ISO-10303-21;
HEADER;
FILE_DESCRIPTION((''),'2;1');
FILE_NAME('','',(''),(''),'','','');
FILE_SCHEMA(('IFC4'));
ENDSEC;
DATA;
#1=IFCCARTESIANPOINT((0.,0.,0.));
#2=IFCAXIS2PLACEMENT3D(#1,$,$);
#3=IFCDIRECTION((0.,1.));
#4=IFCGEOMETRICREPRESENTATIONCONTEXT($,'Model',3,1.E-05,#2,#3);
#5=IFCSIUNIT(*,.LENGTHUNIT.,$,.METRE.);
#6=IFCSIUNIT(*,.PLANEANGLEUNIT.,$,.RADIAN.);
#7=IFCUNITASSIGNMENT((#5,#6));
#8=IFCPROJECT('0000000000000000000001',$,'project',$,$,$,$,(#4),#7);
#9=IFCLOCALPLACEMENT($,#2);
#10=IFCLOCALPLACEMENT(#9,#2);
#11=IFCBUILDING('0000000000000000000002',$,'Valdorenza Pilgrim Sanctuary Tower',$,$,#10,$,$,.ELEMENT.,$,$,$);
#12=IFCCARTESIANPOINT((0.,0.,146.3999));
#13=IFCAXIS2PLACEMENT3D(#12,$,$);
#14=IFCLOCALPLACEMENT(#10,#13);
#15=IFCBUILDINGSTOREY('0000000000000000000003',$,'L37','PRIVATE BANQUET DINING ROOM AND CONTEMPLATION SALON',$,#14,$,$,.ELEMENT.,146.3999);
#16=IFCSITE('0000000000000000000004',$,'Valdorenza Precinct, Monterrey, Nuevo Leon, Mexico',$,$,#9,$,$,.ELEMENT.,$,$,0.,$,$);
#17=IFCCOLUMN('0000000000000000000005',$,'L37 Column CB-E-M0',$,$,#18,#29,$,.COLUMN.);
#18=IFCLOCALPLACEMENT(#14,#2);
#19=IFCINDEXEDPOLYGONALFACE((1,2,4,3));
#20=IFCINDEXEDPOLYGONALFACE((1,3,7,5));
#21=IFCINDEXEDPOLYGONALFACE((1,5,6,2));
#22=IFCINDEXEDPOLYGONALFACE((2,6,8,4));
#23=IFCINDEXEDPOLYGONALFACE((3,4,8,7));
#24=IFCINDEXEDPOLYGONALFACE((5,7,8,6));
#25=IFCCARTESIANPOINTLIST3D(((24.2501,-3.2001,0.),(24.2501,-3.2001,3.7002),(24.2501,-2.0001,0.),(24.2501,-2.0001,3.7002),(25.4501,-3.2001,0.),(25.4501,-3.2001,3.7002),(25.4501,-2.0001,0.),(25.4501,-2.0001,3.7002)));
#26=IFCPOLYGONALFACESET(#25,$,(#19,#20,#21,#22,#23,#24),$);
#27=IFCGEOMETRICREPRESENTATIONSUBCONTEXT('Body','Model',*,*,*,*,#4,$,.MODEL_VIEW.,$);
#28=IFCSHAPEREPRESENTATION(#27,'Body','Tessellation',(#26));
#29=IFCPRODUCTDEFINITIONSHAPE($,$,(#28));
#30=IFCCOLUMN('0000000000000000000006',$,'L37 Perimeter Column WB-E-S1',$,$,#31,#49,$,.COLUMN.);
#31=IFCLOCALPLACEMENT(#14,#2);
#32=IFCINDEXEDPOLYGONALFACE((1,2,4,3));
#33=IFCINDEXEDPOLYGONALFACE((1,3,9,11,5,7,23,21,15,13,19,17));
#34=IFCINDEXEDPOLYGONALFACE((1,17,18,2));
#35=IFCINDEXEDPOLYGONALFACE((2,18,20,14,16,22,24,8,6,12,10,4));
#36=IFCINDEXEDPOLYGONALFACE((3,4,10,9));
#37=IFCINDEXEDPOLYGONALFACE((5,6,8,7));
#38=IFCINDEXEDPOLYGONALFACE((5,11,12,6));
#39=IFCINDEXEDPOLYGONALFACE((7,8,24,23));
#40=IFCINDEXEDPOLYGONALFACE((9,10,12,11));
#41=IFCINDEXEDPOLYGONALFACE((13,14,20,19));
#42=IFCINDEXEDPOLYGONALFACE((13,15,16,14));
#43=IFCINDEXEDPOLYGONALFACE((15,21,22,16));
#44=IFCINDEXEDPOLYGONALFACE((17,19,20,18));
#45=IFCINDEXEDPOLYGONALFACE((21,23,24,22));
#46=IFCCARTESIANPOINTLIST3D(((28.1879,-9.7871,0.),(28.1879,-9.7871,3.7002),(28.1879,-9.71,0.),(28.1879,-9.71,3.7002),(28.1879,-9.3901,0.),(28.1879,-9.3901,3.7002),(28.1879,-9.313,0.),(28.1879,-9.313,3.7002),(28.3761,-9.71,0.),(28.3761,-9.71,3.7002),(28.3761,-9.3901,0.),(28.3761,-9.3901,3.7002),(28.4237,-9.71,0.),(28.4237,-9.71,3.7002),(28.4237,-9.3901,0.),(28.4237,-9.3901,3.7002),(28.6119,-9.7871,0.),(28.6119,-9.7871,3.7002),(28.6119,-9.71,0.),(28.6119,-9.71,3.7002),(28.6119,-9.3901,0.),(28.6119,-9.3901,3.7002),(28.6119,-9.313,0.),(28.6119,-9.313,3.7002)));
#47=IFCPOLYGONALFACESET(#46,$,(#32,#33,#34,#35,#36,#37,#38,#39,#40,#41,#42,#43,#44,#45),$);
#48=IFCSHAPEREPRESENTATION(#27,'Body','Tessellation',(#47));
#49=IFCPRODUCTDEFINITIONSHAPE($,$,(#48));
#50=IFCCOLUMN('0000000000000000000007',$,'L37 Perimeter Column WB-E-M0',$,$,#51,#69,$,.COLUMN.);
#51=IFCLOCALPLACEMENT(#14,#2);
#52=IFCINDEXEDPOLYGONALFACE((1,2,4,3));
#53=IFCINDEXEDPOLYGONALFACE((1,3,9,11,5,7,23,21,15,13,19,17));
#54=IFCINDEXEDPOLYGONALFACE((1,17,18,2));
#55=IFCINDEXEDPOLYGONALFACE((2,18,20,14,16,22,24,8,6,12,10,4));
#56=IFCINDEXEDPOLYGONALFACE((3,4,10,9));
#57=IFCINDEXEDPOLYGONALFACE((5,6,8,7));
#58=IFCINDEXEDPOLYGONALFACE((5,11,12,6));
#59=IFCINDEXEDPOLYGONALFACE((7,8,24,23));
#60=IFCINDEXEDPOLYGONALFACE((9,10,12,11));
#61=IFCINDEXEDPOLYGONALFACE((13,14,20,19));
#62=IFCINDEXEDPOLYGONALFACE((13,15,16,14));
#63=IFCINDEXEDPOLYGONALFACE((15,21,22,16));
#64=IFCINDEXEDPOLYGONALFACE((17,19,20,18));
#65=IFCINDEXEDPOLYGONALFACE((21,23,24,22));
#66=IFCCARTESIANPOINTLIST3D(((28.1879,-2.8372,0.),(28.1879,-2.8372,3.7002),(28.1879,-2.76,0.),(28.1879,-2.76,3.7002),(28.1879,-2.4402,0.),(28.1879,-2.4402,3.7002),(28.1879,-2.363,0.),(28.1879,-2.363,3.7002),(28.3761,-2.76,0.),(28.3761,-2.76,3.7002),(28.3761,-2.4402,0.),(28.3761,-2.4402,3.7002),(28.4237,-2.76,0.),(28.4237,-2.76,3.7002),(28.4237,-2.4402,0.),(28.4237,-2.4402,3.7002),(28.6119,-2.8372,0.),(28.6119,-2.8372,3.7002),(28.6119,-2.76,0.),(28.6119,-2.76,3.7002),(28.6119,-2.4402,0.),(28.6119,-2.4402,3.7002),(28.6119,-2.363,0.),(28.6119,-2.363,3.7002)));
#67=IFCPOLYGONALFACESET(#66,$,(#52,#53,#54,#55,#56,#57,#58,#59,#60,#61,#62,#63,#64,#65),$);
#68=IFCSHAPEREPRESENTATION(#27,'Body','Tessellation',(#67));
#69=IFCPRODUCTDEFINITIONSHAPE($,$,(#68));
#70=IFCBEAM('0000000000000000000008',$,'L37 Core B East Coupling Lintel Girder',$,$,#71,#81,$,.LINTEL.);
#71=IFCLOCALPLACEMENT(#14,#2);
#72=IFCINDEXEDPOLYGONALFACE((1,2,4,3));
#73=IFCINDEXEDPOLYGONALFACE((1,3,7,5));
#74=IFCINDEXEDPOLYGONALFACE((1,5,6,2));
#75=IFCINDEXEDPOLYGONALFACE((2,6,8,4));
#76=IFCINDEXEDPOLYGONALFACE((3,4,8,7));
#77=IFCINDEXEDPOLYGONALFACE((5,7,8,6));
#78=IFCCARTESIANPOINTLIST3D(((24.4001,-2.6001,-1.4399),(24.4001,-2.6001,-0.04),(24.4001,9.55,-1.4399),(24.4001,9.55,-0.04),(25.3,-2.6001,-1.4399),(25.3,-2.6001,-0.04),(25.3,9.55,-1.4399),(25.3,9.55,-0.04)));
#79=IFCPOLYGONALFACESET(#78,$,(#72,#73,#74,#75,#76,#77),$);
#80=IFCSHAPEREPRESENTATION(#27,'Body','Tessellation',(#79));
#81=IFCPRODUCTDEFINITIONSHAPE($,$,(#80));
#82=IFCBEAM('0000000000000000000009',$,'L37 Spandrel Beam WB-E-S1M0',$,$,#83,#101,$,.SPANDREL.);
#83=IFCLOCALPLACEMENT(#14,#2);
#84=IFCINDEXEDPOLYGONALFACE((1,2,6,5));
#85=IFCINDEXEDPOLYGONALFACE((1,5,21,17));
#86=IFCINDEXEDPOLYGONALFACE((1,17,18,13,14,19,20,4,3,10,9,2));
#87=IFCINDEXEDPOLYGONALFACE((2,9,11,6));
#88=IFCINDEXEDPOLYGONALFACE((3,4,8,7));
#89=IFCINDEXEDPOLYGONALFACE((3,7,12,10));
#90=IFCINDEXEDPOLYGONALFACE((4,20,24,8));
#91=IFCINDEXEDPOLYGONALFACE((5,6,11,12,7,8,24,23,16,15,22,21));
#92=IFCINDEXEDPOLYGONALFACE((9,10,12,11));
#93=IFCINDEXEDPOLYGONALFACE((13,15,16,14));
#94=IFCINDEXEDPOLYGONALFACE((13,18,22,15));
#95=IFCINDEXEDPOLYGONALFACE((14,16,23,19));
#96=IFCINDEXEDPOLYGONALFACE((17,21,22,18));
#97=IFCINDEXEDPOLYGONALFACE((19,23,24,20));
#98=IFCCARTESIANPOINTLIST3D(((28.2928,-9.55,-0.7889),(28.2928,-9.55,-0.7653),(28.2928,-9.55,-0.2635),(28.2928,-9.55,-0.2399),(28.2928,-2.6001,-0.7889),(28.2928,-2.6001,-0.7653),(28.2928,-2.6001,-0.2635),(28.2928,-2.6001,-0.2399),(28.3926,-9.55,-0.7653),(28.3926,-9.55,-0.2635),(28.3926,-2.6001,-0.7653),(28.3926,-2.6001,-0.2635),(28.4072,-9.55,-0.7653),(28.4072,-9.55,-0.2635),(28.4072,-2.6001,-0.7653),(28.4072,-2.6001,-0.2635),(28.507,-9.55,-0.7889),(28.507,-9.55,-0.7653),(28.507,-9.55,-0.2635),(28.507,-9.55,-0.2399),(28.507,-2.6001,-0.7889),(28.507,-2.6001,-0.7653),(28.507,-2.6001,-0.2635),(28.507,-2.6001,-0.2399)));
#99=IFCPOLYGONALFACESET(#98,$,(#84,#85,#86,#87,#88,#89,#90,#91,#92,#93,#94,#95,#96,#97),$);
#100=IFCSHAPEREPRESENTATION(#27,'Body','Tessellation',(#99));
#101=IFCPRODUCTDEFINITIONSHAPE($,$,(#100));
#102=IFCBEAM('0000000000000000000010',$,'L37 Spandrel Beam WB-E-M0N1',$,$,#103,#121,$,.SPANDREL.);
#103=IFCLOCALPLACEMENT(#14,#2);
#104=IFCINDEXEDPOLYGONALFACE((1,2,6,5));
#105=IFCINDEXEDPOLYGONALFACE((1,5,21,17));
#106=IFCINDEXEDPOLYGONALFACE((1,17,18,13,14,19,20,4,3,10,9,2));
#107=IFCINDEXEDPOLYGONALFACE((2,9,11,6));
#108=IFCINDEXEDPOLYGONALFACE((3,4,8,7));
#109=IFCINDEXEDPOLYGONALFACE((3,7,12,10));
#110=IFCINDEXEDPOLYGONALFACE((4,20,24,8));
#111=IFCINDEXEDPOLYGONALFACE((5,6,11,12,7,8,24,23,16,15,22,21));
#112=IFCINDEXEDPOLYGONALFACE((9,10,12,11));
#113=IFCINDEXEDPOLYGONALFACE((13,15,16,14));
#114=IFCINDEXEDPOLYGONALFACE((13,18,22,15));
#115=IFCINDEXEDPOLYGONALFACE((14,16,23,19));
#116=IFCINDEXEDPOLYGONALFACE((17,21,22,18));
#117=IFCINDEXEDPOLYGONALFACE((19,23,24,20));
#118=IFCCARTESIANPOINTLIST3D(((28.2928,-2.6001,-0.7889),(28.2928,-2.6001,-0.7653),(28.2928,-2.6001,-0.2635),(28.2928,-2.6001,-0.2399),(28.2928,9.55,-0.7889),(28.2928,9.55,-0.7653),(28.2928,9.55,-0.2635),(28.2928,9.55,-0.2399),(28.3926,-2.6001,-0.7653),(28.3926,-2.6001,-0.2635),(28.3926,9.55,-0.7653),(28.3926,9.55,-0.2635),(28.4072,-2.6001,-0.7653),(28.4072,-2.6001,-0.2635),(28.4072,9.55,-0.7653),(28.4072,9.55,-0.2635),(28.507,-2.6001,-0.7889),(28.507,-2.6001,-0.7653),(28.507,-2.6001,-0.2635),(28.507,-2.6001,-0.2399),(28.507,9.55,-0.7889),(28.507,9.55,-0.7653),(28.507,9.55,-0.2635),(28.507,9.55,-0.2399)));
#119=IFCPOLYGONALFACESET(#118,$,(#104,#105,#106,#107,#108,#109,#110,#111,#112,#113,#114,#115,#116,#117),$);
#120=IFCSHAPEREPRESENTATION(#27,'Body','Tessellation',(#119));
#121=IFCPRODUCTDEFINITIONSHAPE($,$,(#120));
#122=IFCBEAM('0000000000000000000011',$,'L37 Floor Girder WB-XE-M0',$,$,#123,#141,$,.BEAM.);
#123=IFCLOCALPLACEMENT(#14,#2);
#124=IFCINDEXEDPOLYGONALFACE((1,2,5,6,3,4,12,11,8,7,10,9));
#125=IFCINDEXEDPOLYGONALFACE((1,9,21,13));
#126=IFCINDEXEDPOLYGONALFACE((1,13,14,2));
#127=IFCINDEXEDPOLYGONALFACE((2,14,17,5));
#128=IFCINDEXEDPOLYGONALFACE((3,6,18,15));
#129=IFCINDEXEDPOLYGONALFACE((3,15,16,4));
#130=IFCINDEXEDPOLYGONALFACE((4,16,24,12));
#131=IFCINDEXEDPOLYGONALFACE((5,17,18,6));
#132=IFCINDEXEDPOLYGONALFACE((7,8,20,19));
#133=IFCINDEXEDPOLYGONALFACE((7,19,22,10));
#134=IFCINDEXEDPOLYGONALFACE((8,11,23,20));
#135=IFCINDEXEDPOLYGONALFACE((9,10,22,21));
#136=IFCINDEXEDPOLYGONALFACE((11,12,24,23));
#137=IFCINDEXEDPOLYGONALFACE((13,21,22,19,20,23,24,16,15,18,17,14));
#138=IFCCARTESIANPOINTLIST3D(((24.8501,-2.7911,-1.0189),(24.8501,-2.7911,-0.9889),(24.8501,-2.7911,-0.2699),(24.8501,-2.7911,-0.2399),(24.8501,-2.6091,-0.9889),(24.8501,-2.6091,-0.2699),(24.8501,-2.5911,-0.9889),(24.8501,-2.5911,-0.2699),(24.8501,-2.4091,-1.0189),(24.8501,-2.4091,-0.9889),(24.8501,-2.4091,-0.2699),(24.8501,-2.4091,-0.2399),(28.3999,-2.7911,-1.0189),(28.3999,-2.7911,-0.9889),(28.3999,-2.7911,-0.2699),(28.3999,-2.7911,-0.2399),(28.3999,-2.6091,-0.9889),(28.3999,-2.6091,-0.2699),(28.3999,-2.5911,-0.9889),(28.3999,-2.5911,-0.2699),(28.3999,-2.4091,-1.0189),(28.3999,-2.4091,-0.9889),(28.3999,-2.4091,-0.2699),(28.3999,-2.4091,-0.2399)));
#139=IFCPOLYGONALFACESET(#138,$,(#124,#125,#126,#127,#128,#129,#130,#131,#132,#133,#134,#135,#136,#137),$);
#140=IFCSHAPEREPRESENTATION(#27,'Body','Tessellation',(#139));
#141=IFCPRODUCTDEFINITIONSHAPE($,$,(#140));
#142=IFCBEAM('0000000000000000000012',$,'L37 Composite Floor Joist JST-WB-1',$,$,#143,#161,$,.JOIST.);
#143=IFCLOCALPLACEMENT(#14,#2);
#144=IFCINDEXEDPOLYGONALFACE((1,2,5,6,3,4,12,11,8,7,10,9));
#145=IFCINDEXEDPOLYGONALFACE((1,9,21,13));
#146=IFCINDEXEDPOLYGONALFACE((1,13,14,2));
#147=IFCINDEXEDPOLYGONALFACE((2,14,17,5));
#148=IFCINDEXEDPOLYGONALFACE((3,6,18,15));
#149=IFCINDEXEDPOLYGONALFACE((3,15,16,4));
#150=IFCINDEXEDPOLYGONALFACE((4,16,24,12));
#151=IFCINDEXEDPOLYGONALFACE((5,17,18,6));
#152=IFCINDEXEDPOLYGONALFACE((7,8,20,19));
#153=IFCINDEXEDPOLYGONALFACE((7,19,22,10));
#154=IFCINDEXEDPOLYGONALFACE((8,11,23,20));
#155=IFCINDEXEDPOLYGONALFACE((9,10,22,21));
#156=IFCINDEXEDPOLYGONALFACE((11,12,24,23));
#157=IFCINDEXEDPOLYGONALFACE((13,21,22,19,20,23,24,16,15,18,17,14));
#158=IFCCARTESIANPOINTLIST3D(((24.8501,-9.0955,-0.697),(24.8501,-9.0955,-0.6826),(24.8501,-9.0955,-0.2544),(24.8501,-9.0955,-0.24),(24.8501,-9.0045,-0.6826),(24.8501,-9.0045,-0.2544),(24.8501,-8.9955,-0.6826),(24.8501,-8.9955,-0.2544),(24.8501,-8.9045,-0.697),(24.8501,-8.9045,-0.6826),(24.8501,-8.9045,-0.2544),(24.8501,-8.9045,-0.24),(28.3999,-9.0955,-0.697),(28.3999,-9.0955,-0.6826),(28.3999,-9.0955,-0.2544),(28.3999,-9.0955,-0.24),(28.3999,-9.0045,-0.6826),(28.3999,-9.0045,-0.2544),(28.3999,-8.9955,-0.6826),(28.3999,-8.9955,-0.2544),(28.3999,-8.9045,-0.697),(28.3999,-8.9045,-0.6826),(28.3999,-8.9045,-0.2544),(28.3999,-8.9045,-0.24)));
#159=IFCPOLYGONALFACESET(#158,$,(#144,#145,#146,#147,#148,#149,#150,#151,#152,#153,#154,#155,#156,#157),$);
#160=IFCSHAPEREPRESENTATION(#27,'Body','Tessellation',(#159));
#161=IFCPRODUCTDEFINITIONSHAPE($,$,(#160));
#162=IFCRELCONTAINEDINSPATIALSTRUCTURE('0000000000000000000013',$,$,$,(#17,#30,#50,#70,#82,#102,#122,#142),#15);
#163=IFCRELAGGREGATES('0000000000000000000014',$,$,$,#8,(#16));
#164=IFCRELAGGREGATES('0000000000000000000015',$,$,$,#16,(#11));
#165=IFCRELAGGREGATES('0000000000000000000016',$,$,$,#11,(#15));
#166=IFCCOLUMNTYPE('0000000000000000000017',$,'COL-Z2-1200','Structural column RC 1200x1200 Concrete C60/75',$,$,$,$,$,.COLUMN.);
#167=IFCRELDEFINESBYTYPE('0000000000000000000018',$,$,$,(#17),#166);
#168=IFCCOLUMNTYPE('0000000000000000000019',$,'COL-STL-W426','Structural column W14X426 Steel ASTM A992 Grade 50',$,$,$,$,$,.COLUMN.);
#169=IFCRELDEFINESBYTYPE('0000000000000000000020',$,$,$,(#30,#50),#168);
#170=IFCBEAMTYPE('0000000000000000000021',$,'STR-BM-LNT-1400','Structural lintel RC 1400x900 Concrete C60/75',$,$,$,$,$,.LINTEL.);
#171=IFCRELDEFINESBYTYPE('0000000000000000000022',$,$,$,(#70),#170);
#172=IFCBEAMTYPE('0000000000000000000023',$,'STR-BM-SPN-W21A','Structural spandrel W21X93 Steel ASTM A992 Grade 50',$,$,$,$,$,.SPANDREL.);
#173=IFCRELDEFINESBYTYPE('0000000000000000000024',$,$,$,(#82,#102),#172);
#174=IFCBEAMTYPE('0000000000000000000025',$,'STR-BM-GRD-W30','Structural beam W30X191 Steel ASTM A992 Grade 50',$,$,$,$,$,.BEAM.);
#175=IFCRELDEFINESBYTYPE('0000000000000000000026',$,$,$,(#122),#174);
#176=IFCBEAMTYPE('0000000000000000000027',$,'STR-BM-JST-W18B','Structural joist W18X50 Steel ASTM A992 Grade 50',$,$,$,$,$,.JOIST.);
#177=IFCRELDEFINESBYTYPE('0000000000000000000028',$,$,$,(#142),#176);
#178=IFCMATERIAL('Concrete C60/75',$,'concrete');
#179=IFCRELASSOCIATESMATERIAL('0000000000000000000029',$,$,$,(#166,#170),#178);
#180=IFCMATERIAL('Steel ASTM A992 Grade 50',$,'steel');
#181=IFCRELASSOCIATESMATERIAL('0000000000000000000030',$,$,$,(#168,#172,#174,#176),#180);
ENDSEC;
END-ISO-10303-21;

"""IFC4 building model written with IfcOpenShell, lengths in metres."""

from ifc_helpers import new_model, si_unit, direction, frame, origin, origin_2d, place, context, subcontext, project, spatial, rectangle, i_section, extrude, source, transform, mapped, material, material_profile, profile_set, type_object, element, save


model = new_model("IFC4")

# Units and contexts
model_context = context("Model", 3, precision=1e-05, world=origin(), true_north=direction((0.0, 1.0)))
body_context = subcontext(model_context, "Body", "Model", "MODEL_VIEW")
ifc_project = project(units=[si_unit("LENGTHUNIT", "METRE"), si_unit("PLANEANGLEUNIT", "RADIAN")], contexts=[model_context])

# Site, building, storey
site_placement = place(None, origin())
site = spatial("IfcSite", under=ifc_project, at=site_placement, Name="Valdorenza Precinct, Monterrey, Nuevo Leon, Mexico", CompositionType="ELEMENT", RefElevation=0.0)
building_placement = place(site_placement, origin())
building = spatial("IfcBuilding", under=site, at=building_placement, Name="Valdorenza Pilgrim Sanctuary Tower", CompositionType="ELEMENT")
storey_placement = place(building_placement, frame((0.0, 0.0, 146.3999)))
storey = spatial("IfcBuildingStorey", under=building, at=storey_placement, Name="L37", Description="PRIVATE BANQUET DINING ROOM AND CONTEMPLATION SALON", CompositionType="ELEMENT", Elevation=146.3999)

# Columns
ifc_material_1 = material(Name="Concrete C60/75", Category="concrete")
ifc_material_profile_1 = material_profile(ifc_material_1, rectangle(XDim=1.2, YDim=1.2, at=origin_2d()), Name="RC 1200x1200")
ifc_profile_set_1 = profile_set([ifc_material_profile_1], Name="Concrete C60/75")
column_type_1 = type_object("IfcColumnType", Name="COL-Z2-1200", Description="Structural column RC 1200x1200 Concrete C60/75", PredefinedType="COLUMN", material=ifc_profile_set_1)
shared_shape_1 = source(origin(), body_context, "Body", "SweptSolid", [
    extrude(rectangle(XDim=1.2, YDim=1.2, at=origin_2d()), origin(), (0.0, 0.0, 1.0), 3.7002),
])
column_placement = place(storey_placement, frame((24.8501, -2.6001, 0.0), z_axis=(0.0, 0.0, 1.0), x_axis=(1.0, 0.0, 0.0)))
element("IfcColumn", 1, at=column_placement, inside=storey, type_object=column_type_1, Name="L37 Column CB-E-M0", PredefinedType="COLUMN", context=body_context, shape_type="MappedRepresentation", body=[
    mapped(shared_shape_1, transform((0.0, 0.0, 0.0), x_axis=(1.0, 0.0, 0.0), y_axis=(0.0, 1.0, 0.0), z_axis=(0.0, 0.0, 1.0), scale=1.0)),
])
ifc_material_2 = material(Name="Steel ASTM A992 Grade 50", Category="steel")
ifc_material_profile_2 = material_profile(ifc_material_2, i_section(OverallWidth=0.4241, OverallDepth=0.4741, WebThickness=0.0476, FlangeThickness=0.0771, at=origin_2d()), Name="W14X426")
ifc_profile_set_2 = profile_set([ifc_material_profile_2], Name="Steel ASTM A992 Grade 50")
column_type_2 = type_object("IfcColumnType", Name="COL-STL-W426", Description="Structural column W14X426 Steel ASTM A992 Grade 50", PredefinedType="COLUMN", material=ifc_profile_set_2)
shared_shape_2 = source(origin(), body_context, "Body", "SweptSolid", [
    extrude(i_section(OverallWidth=0.4241, OverallDepth=0.4741, WebThickness=0.0476, FlangeThickness=0.0771, at=origin_2d()), origin(), (0.0, 0.0, 1.0), 3.7002),
])
for number, where, z_axis, x_axis, name in (
    (2, (28.3999, -9.55, 0.0), (0.0, 0.0, 1.0), (1.0, 0.0, 0.0), "L37 Perimeter Column WB-E-S1"),
    (3, (28.3999, -2.6001, 0.0), (0.0, 0.0, 1.0), (1.0, 0.0, 0.0), "L37 Perimeter Column WB-E-M0"),
):
    element("IfcColumn", number, at=place(storey_placement, frame(where, z_axis=z_axis, x_axis=x_axis)), inside=storey, type_object=column_type_2, Name=name, PredefinedType="COLUMN", context=body_context, shape_type="MappedRepresentation", body=[
        mapped(shared_shape_2, transform((0.0, 0.0, 0.0), x_axis=(1.0, 0.0, 0.0), y_axis=(0.0, 1.0, 0.0), z_axis=(0.0, 0.0, 1.0), scale=1.0)),
    ])

# Beams
ifc_material_profile_3 = material_profile(ifc_material_1, rectangle(XDim=0.8999, YDim=1.3999, at=origin_2d()), Name="RC 1400x900")
ifc_profile_set_3 = profile_set([ifc_material_profile_3], Name="Concrete C60/75")
beam_type_1 = type_object("IfcBeamType", Name="STR-BM-LNT-1400", Description="Structural lintel RC 1400x900 Concrete C60/75", PredefinedType="LINTEL", material=ifc_profile_set_3)
shared_shape_3 = source(origin(), body_context, "Body", "SweptSolid", [
    extrude(rectangle(XDim=0.8999, YDim=1.3999, at=origin_2d()), origin(), (0.0, 0.0, 1.0), 12.1501),
])
beam_1_placement = place(storey_placement, frame((24.8501, -2.6001, -0.74), z_axis=(0.0, 1.0, 0.0), x_axis=(-1.0, 0.0, 0.0)))
element("IfcBeam", 4, at=beam_1_placement, inside=storey, type_object=beam_type_1, Name="L37 Core B East Coupling Lintel Girder", PredefinedType="LINTEL", context=body_context, shape_type="MappedRepresentation", body=[
    mapped(shared_shape_3, transform((0.0, 0.0, 0.0), x_axis=(1.0, 0.0, 0.0), y_axis=(0.0, 1.0, 0.0), z_axis=(0.0, 0.0, 1.0), scale=1.0)),
])
ifc_material_profile_4 = material_profile(ifc_material_2, i_section(OverallWidth=0.2141, OverallDepth=0.5491, WebThickness=0.0146, FlangeThickness=0.0237, at=origin_2d()), Name="W21X93")
ifc_profile_set_4 = profile_set([ifc_material_profile_4], Name="Steel ASTM A992 Grade 50")
beam_type_2 = type_object("IfcBeamType", Name="STR-BM-SPN-W21A", Description="Structural spandrel W21X93 Steel ASTM A992 Grade 50", PredefinedType="SPANDREL", material=ifc_profile_set_4)
shared_shape_4 = source(origin(), body_context, "Body", "SweptSolid", [
    extrude(i_section(OverallWidth=0.2141, OverallDepth=0.5491, WebThickness=0.0146, FlangeThickness=0.0237, at=origin_2d()), origin(), (0.0, 0.0, 1.0), 6.95),
])
beam_2_placement = place(storey_placement, frame((28.3999, -9.55, -0.5144), z_axis=(0.0, 1.0, 0.0), x_axis=(-1.0, 0.0, 0.0)))
element("IfcBeam", 5, at=beam_2_placement, inside=storey, type_object=beam_type_2, Name="L37 Spandrel Beam WB-E-S1M0", PredefinedType="SPANDREL", context=body_context, shape_type="MappedRepresentation", body=[
    mapped(shared_shape_4, transform((0.0, 0.0, 0.0), x_axis=(1.0, 0.0, 0.0), y_axis=(0.0, 1.0, 0.0), z_axis=(0.0, 0.0, 1.0), scale=1.0)),
])
shared_shape_5 = source(origin(), body_context, "Body", "SweptSolid", [
    extrude(i_section(OverallWidth=0.2141, OverallDepth=0.5491, WebThickness=0.0146, FlangeThickness=0.0237, at=origin_2d()), origin(), (0.0, 0.0, 1.0), 12.1501),
])
beam_3_placement = place(storey_placement, frame((28.3999, -2.6001, -0.5144), z_axis=(0.0, 1.0, 0.0), x_axis=(-1.0, 0.0, 0.0)))
element("IfcBeam", 6, at=beam_3_placement, inside=storey, type_object=beam_type_2, Name="L37 Spandrel Beam WB-E-M0N1", PredefinedType="SPANDREL", context=body_context, shape_type="MappedRepresentation", body=[
    mapped(shared_shape_5, transform((0.0, 0.0, 0.0), x_axis=(1.0, 0.0, 0.0), y_axis=(0.0, 1.0, 0.0), z_axis=(0.0, 0.0, 1.0), scale=1.0)),
])
ifc_material_profile_5 = material_profile(ifc_material_2, i_section(OverallWidth=0.3821, OverallDepth=0.7791, WebThickness=0.0181, FlangeThickness=0.03, at=origin_2d()), Name="W30X191")
ifc_profile_set_5 = profile_set([ifc_material_profile_5], Name="Steel ASTM A992 Grade 50")
beam_type_3 = type_object("IfcBeamType", Name="STR-BM-GRD-W30", Description="Structural beam W30X191 Steel ASTM A992 Grade 50", PredefinedType="BEAM", material=ifc_profile_set_5)
shared_shape_6 = source(origin(), body_context, "Body", "SweptSolid", [
    extrude(i_section(OverallWidth=0.3821, OverallDepth=0.7791, WebThickness=0.0181, FlangeThickness=0.03, at=origin_2d()), origin(), (0.0, 0.0, 1.0), 3.5498),
])
beam_4_placement = place(storey_placement, frame((24.8501, -2.6001, -0.6294), z_axis=(1.0, 0.0, 0.0), x_axis=(0.0, 1.0, 0.0)))
element("IfcBeam", 7, at=beam_4_placement, inside=storey, type_object=beam_type_3, Name="L37 Floor Girder WB-XE-M0", PredefinedType="BEAM", context=body_context, shape_type="MappedRepresentation", body=[
    mapped(shared_shape_6, transform((0.0, 0.0, 0.0), x_axis=(1.0, 0.0, 0.0), y_axis=(0.0, 1.0, 0.0), z_axis=(0.0, 0.0, 1.0), scale=1.0)),
])
ifc_material_profile_6 = material_profile(ifc_material_2, i_section(OverallWidth=0.1909, OverallDepth=0.457, WebThickness=0.009, FlangeThickness=0.0144, at=origin_2d()), Name="W18X50")
ifc_profile_set_6 = profile_set([ifc_material_profile_6], Name="Steel ASTM A992 Grade 50")
beam_type_4 = type_object("IfcBeamType", Name="STR-BM-JST-W18B", Description="Structural joist W18X50 Steel ASTM A992 Grade 50", PredefinedType="JOIST", material=ifc_profile_set_6)
shared_shape_7 = source(origin(), body_context, "Body", "SweptSolid", [
    extrude(i_section(OverallWidth=0.1909, OverallDepth=0.457, WebThickness=0.009, FlangeThickness=0.0144, at=origin_2d()), origin(), (0.0, 0.0, 1.0), 3.5498),
])
for number, where, z_axis, x_axis, name in (
    (8, (24.8501, -9.0, -0.4685), (1.0, 0.0, 0.0), (0.0, 1.0, 0.0), "L37 Composite Floor Joist JST-WB-1"),
):
    element("IfcBeam", number, at=place(storey_placement, frame(where, z_axis=z_axis, x_axis=x_axis)), inside=storey, type_object=beam_type_4, Name=name, PredefinedType="JOIST", context=body_context, shape_type="MappedRepresentation", body=[
        mapped(shared_shape_7, transform((0.0, 0.0, 0.0), x_axis=(1.0, 0.0, 0.0), y_axis=(0.0, 1.0, 0.0), z_axis=(0.0, 0.0, 1.0), scale=1.0)),
    ])

save(model, "model.ifc")
